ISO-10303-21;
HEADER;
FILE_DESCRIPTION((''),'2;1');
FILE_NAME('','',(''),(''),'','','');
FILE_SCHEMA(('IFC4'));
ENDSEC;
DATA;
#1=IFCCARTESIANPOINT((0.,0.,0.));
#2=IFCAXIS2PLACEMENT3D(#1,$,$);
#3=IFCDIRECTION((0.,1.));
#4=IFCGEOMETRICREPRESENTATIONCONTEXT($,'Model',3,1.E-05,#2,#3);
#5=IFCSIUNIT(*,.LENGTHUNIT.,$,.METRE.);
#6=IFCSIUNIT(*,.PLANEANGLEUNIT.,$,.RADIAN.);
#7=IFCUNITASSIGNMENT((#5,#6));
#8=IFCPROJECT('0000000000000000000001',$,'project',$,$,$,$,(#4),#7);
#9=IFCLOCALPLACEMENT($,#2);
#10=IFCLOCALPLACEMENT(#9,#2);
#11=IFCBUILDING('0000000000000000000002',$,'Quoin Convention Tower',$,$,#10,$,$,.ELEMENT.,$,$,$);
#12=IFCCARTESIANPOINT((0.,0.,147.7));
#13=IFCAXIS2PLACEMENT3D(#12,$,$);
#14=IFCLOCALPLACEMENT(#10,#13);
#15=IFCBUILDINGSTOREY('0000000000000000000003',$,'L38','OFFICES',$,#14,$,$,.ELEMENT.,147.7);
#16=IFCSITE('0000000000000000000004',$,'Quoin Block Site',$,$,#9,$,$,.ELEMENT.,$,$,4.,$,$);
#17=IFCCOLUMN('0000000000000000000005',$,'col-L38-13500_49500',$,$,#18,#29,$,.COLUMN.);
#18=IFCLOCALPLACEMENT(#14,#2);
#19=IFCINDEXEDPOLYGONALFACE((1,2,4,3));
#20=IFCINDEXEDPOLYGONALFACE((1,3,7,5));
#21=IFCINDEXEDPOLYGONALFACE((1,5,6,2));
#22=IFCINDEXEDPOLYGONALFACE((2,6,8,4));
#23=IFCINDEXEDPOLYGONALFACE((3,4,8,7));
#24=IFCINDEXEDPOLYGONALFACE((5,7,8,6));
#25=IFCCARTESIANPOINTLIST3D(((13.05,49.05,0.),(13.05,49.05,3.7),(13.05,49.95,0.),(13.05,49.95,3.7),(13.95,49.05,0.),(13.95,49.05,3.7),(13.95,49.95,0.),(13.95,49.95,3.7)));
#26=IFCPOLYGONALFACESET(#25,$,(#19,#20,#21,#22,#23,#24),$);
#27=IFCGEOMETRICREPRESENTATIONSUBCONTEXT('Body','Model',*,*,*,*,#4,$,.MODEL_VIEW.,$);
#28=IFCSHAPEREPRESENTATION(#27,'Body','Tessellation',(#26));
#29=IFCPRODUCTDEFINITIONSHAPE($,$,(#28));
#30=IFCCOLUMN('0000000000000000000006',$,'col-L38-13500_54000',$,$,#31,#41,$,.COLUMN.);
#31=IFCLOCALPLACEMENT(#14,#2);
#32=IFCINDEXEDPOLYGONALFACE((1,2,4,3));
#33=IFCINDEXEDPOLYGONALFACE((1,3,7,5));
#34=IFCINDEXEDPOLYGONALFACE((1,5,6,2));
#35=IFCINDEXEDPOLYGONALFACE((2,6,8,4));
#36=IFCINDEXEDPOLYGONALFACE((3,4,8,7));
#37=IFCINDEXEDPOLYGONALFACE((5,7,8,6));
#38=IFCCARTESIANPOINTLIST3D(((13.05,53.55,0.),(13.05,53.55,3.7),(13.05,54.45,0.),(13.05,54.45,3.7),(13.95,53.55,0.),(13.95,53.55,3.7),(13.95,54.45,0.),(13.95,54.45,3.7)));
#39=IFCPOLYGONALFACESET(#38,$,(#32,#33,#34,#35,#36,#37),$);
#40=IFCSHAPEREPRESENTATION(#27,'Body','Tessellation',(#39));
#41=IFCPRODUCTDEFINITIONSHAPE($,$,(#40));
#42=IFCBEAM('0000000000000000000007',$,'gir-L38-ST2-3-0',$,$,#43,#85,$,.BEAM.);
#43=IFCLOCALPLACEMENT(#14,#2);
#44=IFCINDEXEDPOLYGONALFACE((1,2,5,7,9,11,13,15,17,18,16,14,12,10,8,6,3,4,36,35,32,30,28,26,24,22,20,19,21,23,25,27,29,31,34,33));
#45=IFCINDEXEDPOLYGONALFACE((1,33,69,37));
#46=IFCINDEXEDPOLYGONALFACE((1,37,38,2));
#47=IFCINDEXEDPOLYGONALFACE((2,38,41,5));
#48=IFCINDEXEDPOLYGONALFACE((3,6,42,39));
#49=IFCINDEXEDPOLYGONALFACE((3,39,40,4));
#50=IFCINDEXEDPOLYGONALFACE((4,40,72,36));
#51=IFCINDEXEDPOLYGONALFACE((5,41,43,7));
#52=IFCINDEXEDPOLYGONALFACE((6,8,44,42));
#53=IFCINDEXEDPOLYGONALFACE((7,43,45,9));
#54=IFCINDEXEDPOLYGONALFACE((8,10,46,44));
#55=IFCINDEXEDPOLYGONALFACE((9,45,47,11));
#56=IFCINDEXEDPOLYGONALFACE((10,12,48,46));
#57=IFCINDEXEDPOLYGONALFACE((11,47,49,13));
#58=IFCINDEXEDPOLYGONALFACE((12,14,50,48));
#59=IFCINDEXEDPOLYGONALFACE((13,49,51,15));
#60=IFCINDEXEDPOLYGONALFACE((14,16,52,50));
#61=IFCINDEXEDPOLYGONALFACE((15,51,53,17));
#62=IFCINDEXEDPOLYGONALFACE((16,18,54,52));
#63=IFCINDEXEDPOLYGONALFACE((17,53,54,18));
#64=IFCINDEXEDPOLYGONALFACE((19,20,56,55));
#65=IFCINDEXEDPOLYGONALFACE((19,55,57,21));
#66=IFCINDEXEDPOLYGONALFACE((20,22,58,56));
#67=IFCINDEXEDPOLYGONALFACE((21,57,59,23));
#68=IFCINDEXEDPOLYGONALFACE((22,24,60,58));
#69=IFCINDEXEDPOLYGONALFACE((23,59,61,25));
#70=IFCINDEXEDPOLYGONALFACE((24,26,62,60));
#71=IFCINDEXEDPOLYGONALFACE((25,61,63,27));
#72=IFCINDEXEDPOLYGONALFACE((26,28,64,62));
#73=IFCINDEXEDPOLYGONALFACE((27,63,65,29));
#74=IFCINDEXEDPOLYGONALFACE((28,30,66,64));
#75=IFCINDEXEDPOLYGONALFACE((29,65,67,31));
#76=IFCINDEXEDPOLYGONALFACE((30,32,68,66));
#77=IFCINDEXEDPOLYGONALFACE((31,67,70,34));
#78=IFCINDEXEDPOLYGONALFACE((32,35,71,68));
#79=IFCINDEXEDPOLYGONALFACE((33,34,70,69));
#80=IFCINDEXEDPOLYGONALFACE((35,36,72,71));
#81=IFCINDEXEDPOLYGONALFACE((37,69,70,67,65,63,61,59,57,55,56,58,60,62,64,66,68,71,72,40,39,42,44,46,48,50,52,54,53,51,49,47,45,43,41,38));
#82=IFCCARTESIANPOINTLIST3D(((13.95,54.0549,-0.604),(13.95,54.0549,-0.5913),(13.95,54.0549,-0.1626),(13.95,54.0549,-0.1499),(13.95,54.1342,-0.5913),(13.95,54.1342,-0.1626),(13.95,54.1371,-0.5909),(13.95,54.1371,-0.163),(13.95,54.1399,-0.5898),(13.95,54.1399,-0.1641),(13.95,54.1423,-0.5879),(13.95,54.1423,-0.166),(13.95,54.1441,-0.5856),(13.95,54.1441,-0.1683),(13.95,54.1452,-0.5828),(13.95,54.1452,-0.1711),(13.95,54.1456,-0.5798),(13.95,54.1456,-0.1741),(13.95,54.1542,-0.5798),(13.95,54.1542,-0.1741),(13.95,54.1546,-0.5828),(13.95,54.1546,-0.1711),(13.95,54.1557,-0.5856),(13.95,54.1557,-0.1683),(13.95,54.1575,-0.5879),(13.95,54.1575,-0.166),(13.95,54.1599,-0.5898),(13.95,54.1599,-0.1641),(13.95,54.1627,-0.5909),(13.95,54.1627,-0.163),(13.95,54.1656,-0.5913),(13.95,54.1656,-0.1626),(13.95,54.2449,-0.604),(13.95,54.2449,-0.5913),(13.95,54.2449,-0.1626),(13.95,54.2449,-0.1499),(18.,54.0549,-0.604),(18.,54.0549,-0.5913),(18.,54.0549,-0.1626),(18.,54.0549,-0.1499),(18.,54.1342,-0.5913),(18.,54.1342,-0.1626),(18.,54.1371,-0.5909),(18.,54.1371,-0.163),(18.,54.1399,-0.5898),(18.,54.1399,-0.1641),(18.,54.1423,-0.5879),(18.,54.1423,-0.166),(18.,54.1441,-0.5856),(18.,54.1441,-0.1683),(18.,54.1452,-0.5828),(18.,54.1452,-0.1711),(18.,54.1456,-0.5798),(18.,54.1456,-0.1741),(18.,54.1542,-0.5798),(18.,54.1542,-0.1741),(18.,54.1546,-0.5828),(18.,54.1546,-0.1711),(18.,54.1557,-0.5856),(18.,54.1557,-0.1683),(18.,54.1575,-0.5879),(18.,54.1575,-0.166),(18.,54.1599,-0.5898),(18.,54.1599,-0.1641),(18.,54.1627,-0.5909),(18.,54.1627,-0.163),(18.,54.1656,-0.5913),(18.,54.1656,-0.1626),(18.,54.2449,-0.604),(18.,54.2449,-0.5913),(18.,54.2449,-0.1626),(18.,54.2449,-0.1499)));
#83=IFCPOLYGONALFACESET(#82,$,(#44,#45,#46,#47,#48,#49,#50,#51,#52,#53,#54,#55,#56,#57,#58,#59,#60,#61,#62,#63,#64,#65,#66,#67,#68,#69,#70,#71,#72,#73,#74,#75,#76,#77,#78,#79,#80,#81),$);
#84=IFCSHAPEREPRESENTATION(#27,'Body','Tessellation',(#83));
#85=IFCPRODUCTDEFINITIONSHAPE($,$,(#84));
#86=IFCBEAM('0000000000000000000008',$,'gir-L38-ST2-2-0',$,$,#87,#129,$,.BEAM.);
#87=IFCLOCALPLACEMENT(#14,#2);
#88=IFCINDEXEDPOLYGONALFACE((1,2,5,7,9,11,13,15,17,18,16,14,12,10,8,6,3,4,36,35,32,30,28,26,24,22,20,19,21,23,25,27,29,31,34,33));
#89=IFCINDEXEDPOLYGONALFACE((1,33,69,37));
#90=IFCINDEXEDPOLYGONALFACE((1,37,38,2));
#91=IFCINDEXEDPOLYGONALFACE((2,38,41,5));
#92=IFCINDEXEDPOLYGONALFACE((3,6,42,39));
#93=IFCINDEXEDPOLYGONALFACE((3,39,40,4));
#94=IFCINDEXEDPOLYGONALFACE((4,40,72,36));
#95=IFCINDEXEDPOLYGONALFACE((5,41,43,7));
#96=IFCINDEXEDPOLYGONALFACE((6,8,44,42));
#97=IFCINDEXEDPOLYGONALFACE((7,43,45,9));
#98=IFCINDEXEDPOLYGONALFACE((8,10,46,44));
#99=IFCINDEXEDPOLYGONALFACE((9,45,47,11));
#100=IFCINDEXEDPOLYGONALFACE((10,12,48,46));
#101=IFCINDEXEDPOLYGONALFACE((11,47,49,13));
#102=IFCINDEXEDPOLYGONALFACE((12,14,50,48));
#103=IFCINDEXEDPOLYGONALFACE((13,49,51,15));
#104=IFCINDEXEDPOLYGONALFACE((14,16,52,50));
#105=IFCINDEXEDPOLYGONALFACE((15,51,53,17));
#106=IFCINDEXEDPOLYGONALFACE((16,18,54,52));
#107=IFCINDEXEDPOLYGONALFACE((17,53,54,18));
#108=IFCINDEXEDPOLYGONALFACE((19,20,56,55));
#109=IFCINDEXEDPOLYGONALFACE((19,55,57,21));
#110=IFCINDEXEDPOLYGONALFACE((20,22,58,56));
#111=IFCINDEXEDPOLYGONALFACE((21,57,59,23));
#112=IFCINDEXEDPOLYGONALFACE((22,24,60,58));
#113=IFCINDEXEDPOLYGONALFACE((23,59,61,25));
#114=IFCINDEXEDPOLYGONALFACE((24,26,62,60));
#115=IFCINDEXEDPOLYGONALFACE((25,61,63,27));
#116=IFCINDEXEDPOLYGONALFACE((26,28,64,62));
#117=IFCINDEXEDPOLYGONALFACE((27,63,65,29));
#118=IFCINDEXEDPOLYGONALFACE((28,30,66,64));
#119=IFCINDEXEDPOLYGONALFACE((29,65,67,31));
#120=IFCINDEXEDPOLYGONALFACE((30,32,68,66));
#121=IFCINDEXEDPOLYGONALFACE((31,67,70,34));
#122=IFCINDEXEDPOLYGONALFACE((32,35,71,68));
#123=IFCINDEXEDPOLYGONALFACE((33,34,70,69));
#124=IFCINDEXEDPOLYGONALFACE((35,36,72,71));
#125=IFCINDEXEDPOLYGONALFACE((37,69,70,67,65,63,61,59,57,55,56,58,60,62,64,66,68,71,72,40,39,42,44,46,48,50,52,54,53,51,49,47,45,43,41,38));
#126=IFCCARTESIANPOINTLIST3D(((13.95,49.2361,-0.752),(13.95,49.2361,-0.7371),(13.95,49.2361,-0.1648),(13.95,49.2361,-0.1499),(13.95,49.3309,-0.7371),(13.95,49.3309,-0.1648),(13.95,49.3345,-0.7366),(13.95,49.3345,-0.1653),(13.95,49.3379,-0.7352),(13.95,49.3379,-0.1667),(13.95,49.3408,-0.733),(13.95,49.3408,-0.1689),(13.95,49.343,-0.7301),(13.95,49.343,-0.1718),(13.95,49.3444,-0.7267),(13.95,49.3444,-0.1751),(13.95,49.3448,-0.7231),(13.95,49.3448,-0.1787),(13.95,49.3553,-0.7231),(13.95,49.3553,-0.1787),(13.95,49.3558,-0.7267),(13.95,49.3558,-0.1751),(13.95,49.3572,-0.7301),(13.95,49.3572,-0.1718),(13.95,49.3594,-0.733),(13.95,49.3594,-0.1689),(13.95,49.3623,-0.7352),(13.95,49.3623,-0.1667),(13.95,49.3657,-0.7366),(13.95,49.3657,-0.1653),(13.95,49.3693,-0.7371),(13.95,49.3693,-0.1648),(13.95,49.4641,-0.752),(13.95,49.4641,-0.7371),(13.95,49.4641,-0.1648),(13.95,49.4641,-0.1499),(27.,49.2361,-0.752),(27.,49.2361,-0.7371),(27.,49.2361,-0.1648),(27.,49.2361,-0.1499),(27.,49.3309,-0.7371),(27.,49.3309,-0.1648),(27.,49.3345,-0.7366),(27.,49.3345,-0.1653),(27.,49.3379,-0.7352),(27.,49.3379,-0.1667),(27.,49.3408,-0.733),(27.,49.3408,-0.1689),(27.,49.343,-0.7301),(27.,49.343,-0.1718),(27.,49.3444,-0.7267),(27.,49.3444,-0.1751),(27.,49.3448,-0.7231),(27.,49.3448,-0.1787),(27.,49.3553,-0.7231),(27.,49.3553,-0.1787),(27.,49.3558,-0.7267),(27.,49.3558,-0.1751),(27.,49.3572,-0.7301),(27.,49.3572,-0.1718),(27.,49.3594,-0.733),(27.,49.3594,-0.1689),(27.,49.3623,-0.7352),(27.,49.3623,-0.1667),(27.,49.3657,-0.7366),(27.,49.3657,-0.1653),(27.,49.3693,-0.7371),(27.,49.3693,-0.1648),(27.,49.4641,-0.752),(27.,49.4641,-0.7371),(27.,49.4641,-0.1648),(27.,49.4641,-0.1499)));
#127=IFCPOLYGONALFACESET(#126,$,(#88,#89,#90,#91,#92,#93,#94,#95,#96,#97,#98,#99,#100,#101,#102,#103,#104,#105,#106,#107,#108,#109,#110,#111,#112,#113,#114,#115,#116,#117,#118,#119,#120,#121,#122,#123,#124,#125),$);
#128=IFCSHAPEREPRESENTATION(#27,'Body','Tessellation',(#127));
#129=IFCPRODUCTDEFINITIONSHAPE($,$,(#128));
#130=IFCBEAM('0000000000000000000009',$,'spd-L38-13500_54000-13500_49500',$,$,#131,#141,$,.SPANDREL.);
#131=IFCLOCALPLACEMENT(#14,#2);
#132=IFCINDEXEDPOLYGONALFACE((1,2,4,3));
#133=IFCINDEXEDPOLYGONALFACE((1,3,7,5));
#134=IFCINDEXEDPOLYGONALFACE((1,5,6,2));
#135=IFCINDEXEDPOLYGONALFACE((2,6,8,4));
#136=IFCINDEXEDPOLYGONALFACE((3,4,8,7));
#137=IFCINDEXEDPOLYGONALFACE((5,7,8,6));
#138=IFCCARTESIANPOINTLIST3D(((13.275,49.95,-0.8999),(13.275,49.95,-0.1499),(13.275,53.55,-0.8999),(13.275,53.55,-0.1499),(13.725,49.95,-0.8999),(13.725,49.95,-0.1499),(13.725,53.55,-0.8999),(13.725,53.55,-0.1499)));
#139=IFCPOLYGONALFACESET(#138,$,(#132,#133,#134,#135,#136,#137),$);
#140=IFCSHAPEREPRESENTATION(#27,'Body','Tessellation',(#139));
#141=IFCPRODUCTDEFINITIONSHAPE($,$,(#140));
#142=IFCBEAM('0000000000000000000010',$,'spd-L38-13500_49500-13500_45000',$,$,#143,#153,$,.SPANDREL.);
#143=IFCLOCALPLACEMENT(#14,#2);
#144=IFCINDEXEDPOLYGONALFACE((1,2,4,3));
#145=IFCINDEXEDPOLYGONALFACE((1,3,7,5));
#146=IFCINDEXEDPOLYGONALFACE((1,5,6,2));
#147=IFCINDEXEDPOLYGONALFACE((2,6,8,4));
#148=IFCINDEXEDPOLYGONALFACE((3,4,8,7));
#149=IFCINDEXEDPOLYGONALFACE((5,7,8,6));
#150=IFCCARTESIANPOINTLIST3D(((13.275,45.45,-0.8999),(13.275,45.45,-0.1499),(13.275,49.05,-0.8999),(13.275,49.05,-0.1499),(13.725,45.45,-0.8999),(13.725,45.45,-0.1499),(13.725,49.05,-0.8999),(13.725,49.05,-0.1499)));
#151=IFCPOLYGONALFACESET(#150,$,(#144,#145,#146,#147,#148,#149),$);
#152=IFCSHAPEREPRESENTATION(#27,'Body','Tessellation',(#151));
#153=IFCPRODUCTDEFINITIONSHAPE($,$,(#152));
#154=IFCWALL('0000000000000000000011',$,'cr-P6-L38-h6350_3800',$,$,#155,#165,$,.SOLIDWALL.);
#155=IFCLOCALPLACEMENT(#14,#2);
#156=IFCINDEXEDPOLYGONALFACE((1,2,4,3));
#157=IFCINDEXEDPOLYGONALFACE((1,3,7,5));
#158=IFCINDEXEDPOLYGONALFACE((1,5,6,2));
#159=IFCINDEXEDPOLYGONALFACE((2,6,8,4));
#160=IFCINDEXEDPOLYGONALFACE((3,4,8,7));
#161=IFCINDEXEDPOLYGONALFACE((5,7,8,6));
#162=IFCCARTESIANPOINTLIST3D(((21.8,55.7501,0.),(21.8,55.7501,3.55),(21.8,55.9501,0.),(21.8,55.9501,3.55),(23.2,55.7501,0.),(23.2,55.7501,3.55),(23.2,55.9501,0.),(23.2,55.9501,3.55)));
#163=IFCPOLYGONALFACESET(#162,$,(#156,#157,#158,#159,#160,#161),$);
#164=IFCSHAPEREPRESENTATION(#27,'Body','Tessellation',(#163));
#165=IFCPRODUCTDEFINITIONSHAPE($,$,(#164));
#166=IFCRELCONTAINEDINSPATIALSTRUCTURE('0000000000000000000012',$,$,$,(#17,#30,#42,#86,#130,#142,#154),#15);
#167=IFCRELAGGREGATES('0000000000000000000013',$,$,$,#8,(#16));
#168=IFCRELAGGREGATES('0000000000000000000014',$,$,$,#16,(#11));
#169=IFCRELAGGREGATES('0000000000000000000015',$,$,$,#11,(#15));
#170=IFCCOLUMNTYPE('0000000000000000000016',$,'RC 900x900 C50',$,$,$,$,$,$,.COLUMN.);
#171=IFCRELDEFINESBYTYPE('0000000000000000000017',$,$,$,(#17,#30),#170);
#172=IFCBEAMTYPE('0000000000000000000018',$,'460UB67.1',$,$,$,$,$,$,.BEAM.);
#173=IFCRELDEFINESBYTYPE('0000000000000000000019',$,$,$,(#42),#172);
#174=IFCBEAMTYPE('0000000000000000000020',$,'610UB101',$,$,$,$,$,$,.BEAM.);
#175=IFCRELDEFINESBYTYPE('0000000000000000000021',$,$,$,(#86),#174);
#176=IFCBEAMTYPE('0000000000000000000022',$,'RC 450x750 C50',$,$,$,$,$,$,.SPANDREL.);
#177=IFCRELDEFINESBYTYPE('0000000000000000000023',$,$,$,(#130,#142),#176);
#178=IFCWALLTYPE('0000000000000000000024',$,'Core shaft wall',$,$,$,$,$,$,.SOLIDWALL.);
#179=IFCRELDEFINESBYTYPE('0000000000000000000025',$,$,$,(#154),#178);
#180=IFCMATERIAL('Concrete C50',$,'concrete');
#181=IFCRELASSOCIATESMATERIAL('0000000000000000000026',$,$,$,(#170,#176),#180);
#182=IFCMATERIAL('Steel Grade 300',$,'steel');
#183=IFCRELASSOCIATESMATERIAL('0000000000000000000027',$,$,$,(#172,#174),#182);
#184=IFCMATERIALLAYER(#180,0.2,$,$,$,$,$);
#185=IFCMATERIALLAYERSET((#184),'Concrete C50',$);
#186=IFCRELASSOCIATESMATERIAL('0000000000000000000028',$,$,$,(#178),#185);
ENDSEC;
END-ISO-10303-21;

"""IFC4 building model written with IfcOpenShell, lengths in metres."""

from ifc_helpers import new_model, si_unit, direction, frame, frame_2d, origin, origin_2d, place, context, subcontext, project, spatial, rectangle, i_section, extrude, material, layer, layer_set, material_profile, profile_set, type_object, element, save


model = new_model("IFC4")

# Units and contexts
model_context = context("Model", 3, precision=1e-05, world=origin(), true_north=direction((0.0, 1.0)))
body_context = subcontext(model_context, "Body", "Model", "MODEL_VIEW")
ifc_project = project(units=[si_unit("LENGTHUNIT", "METRE"), si_unit("PLANEANGLEUNIT", "RADIAN")], contexts=[model_context])

# Site, building, storey
site_placement = place(None, origin())
site = spatial("IfcSite", under=ifc_project, at=site_placement, Name="Quoin Block Site", CompositionType="ELEMENT", RefElevation=4.0)
building_placement = place(site_placement, origin())
building = spatial("IfcBuilding", under=site, at=building_placement, Name="Quoin Convention Tower", CompositionType="ELEMENT")
storey_placement = place(building_placement, frame((0.0, 0.0, 147.7)))
storey = spatial("IfcBuildingStorey", under=building, at=storey_placement, Name="L38", Description="OFFICES", CompositionType="ELEMENT", Elevation=147.7)

# Columns
ifc_material_1 = material(Name="Concrete C50", Category="concrete")
ifc_material_profile_1 = material_profile(ifc_material_1, rectangle(XDim=0.8999, YDim=0.8999, at=origin_2d()), Name="RC 900x900")
ifc_profile_set_1 = profile_set([ifc_material_profile_1], Name="Concrete C50")
column_type = type_object("IfcColumnType", Name="RC 900x900 C50", PredefinedType="COLUMN", material=ifc_profile_set_1)
for number, where, z_axis, x_axis, name in (
    (1, (13.5, 49.5, 0.0), (0.0, 0.0, 1.0), (1.0, 0.0, 0.0), "col-L38-13500_49500"),
    (2, (13.5, 54.0, 0.0), (0.0, 0.0, 1.0), (1.0, 0.0, 0.0), "col-L38-13500_54000"),
):
    element("IfcColumn", number, at=place(storey_placement, frame(where, z_axis=z_axis, x_axis=x_axis)), inside=storey, type_object=column_type, Name=name, PredefinedType="COLUMN", context=body_context, shape_type="SweptSolid", body=[
        extrude(rectangle(XDim=0.8999, YDim=0.8999, at=origin_2d()), origin(), (0.0, 0.0, 1.0), 3.7),
    ])

# Beams
ifc_material_2 = material(Name="Steel Grade 300", Category="steel")
ifc_material_profile_2 = material_profile(ifc_material_2, i_section(OverallWidth=0.1899, OverallDepth=0.4541, WebThickness=0.0085, FlangeThickness=0.0127, FilletRadius=0.0115, at=origin_2d()), Name="460UB67.1")
ifc_profile_set_2 = profile_set([ifc_material_profile_2], Name="Steel Grade 300")
beam_type_1 = type_object("IfcBeamType", Name="460UB67.1", PredefinedType="BEAM", material=ifc_profile_set_2)
beam_1_placement = place(storey_placement, frame((13.95, 54.1499, -0.377), z_axis=(1.0, 0.0, 0.0), x_axis=(0.0, 1.0, 0.0)))
element("IfcBeam", 3, at=beam_1_placement, inside=storey, type_object=beam_type_1, Name="gir-L38-ST2-3-0", PredefinedType="BEAM", context=body_context, shape_type="SweptSolid", body=[
    extrude(i_section(OverallWidth=0.1899, OverallDepth=0.4541, WebThickness=0.0085, FlangeThickness=0.0127, FilletRadius=0.0115, at=origin_2d()), origin(), (0.0, 0.0, 1.0), 4.05),
])
ifc_material_profile_3 = material_profile(ifc_material_2, i_section(OverallWidth=0.228, OverallDepth=0.6021, WebThickness=0.0105, FlangeThickness=0.0149, FilletRadius=0.0139, at=origin_2d()), Name="610UB101")
ifc_profile_set_3 = profile_set([ifc_material_profile_3], Name="Steel Grade 300")
beam_type_2 = type_object("IfcBeamType", Name="610UB101", PredefinedType="BEAM", material=ifc_profile_set_3)
beam_2_placement = place(storey_placement, frame((13.95, 49.3501, -0.4509), z_axis=(1.0, 0.0, 0.0), x_axis=(0.0, 1.0, 0.0)))
element("IfcBeam", 4, at=beam_2_placement, inside=storey, type_object=beam_type_2, Name="gir-L38-ST2-2-0", PredefinedType="BEAM", context=body_context, shape_type="SweptSolid", body=[
    extrude(i_section(OverallWidth=0.228, OverallDepth=0.6021, WebThickness=0.0105, FlangeThickness=0.0149, FilletRadius=0.0139, at=origin_2d()), origin(), (0.0, 0.0, 1.0), 13.05),
])
ifc_material_profile_4 = material_profile(ifc_material_1, rectangle(XDim=0.45, YDim=0.75, at=origin_2d()), Name="RC 450x750")
ifc_profile_set_4 = profile_set([ifc_material_profile_4], Name="Concrete C50")
beam_type_3 = type_object("IfcBeamType", Name="RC 450x750 C50", PredefinedType="SPANDREL", material=ifc_profile_set_4)
for number, where, z_axis, x_axis, name in (
    (5, (13.5, 53.55, -0.5249), (0.0, -1.0, 0.0), (1.0, 0.0, 0.0), "spd-L38-13500_54000-13500_49500"),
    (6, (13.5, 49.05, -0.5249), (0.0, -1.0, 0.0), (1.0, 0.0, 0.0), "spd-L38-13500_49500-13500_45000"),
):
    element("IfcBeam", number, at=place(storey_placement, frame(where, z_axis=z_axis, x_axis=x_axis)), inside=storey, type_object=beam_type_3, Name=name, PredefinedType="SPANDREL", context=body_context, shape_type="SweptSolid", body=[
        extrude(rectangle(XDim=0.45, YDim=0.75, at=origin_2d()), origin(), (0.0, 0.0, 1.0), 3.6001),
    ])

# Wall
ifc_layer_1 = layer(ifc_material_1, 0.2)
ifc_layer_set_1 = layer_set([ifc_layer_1], Name="Concrete C50")
wall_type_1 = type_object("IfcWallType", Name="Core shaft wall", PredefinedType="SOLIDWALL", material=ifc_layer_set_1)
wall_1_placement = place(storey_placement, frame((21.8, 55.8501, 0.0), z_axis=(0.0, 0.0, 1.0), x_axis=(1.0, 0.0, 0.0)))
element("IfcWall", 7, at=wall_1_placement, inside=storey, type_object=wall_type_1, Name="cr-P6-L38-h6350_3800", PredefinedType="SOLIDWALL", context=body_context, shape_type="SweptSolid", body=[
    extrude(rectangle(XDim=1.3999, YDim=0.2, at=frame_2d((0.7, 0.0))), origin(), (0.0, 0.0, 1.0), 3.55),
])

save(model, "model.ifc")
